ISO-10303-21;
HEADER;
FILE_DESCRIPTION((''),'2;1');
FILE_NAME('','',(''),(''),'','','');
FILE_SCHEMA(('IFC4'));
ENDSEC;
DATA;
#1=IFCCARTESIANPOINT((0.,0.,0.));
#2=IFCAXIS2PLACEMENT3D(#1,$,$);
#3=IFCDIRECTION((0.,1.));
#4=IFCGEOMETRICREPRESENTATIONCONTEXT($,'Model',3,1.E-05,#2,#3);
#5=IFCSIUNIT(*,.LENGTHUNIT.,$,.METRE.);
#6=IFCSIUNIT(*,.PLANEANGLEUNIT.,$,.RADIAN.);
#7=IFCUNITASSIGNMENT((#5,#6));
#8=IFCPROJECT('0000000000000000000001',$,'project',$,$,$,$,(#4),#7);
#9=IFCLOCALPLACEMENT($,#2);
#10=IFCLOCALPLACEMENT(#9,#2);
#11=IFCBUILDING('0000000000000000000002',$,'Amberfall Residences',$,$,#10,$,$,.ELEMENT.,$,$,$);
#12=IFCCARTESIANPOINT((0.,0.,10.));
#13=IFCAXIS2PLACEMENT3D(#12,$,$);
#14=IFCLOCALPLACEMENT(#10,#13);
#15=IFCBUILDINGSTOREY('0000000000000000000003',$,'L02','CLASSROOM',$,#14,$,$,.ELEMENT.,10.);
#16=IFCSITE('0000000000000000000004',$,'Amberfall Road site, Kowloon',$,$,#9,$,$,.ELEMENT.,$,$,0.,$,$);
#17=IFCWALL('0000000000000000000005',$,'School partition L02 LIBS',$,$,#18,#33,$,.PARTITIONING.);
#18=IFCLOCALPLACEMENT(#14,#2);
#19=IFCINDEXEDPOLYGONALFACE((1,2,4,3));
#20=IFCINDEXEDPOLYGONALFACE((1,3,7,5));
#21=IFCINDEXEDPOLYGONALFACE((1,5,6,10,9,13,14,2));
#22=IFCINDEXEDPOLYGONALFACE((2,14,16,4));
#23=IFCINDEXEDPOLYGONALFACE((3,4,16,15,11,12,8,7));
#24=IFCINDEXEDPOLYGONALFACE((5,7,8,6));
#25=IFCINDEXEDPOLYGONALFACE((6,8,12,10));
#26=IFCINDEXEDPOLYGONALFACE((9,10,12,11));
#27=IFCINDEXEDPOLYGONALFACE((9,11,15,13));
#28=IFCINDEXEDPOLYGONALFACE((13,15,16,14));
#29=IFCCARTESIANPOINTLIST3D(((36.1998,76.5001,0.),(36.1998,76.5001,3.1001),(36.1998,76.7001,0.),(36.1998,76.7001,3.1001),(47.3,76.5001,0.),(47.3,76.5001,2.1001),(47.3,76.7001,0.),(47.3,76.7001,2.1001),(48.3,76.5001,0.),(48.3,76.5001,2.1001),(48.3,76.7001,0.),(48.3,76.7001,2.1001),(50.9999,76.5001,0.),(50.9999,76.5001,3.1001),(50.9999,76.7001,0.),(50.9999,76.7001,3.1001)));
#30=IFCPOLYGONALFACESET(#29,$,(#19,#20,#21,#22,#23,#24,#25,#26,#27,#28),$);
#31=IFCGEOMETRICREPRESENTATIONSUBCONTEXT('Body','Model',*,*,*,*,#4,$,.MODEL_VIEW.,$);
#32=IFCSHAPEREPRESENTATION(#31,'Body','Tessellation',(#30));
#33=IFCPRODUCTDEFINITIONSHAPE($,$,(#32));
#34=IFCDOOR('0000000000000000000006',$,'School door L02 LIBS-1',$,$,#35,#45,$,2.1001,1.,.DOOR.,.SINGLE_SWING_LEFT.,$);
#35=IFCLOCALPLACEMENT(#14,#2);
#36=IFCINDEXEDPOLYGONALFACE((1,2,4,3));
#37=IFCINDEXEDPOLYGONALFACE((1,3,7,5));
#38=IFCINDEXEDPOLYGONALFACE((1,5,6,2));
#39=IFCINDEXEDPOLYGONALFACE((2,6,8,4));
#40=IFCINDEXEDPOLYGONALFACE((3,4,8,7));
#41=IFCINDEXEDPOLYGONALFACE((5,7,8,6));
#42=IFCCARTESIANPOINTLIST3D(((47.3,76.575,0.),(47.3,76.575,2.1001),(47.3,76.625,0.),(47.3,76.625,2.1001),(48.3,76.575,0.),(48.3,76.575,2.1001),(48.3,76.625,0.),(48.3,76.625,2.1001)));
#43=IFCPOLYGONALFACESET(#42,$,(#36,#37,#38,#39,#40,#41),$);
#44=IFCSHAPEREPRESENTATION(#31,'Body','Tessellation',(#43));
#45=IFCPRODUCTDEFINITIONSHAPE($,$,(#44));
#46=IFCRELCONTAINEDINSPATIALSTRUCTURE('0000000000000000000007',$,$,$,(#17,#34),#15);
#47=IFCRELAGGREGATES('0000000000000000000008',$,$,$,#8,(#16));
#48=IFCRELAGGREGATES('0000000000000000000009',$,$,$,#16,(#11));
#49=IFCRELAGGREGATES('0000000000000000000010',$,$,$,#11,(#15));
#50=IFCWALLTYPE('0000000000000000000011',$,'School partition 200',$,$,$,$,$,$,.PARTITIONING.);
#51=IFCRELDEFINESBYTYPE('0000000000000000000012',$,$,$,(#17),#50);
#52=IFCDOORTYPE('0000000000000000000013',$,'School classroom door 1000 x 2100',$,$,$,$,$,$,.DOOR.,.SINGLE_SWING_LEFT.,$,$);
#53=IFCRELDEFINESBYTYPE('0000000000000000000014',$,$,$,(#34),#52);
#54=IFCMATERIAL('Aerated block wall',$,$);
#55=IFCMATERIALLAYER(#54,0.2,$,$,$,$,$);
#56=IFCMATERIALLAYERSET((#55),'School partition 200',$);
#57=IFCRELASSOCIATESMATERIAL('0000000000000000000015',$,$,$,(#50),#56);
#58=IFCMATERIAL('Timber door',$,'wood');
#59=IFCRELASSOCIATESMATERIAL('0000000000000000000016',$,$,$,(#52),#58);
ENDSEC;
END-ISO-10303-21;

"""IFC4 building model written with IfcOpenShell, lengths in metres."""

from ifc_helpers import new_model, si_unit, direction, frame, frame_2d, origin, place, context, subcontext, project, spatial, rectangle, extrude, material, layer, layer_set, type_object, element, fill, save


model = new_model("IFC4")

# Units and contexts
model_context = context("Model", 3, precision=1e-05, world=origin(), true_north=direction((0.0, 1.0)))
body_context = subcontext(model_context, "Body", "Model", "MODEL_VIEW")
ifc_project = project(units=[si_unit("LENGTHUNIT", "METRE"), si_unit("PLANEANGLEUNIT", "RADIAN")], contexts=[model_context])

# Site, building, storey
site_placement = place(None, origin())
site = spatial("IfcSite", under=ifc_project, at=site_placement, Name="Amberfall Road site, Kowloon", CompositionType="ELEMENT", RefElevation=0.0)
building_placement = place(site_placement, origin())
building = spatial("IfcBuilding", under=site, at=building_placement, Name="Amberfall Residences", CompositionType="ELEMENT")
storey_placement = place(building_placement, frame((0.0, 0.0, 10.0)))
storey = spatial("IfcBuildingStorey", under=building, at=storey_placement, Name="L02", Description="CLASSROOM", CompositionType="ELEMENT", Elevation=10.0)

# Shared definitions
ifc_material_1 = material(Name="Aerated block wall")

# Wall, opening, door
ifc_layer_1 = layer(ifc_material_1, 0.2)
ifc_layer_set_1 = layer_set([ifc_layer_1], Name="School partition 200")
wall_type_1 = type_object("IfcWallType", Name="School partition 200", PredefinedType="PARTITIONING", material=ifc_layer_set_1)
wall_1_placement = place(storey_placement, frame((36.2, 76.6001, 0.0), z_axis=(0.0, 0.0, 1.0), x_axis=(1.0, 0.0, 0.0)))
wall_1 = element("IfcWall", 1, at=wall_1_placement, inside=storey, type_object=wall_type_1, Name="School partition L02 LIBS", PredefinedType="PARTITIONING", context=body_context, shape_type="SweptSolid", body=[
    extrude(rectangle(XDim=14.8, YDim=0.2, at=frame_2d((7.3999, 0.0))), origin(), (0.0, 0.0, 1.0), 3.1001),
])
opening_1_placement = place(wall_1_placement, frame((11.1001, 0.0, 0.0)))
opening_1 = element("IfcOpeningElement", 2, at=opening_1_placement, cuts=wall_1, PredefinedType="OPENING", context=body_context, shape_type="SweptSolid", body=[
    extrude(rectangle(XDim=1.0, YDim=2.1001, at=frame_2d((0.5, 1.05))), frame((0.0, 0.1099, 0.0), z_axis=(0.0, -1.0, 0.0), x_axis=(1.0, 0.0, 0.0)), (0.0, 0.0, 1.0), 0.22),
])
ifc_material_2 = material(Name="Timber door", Category="wood")
door_type = type_object("IfcDoorType", Name="School classroom door 1000 x 2100", OperationType="SINGLE_SWING_LEFT", PredefinedType="DOOR", material=ifc_material_2)
door_placement = place(opening_1_placement, origin())
door = element("IfcDoor", 3, at=door_placement, inside=storey, type_object=door_type, Name="School door L02 LIBS-1", OperationType="SINGLE_SWING_LEFT", OverallHeight=2.1001, OverallWidth=1.0, PredefinedType="DOOR", context=body_context, shape_type="SweptSolid", body=[
    extrude(rectangle(XDim=1.0, YDim=2.1001, at=frame_2d((0.5, 1.05))), frame((0.0, 0.0249, 0.0), z_axis=(0.0, -1.0, 0.0), x_axis=(1.0, 0.0, 0.0)), (0.0, 0.0, 1.0), 0.05),
])
fill(opening_1, door)

save(model, "model.ifc")
